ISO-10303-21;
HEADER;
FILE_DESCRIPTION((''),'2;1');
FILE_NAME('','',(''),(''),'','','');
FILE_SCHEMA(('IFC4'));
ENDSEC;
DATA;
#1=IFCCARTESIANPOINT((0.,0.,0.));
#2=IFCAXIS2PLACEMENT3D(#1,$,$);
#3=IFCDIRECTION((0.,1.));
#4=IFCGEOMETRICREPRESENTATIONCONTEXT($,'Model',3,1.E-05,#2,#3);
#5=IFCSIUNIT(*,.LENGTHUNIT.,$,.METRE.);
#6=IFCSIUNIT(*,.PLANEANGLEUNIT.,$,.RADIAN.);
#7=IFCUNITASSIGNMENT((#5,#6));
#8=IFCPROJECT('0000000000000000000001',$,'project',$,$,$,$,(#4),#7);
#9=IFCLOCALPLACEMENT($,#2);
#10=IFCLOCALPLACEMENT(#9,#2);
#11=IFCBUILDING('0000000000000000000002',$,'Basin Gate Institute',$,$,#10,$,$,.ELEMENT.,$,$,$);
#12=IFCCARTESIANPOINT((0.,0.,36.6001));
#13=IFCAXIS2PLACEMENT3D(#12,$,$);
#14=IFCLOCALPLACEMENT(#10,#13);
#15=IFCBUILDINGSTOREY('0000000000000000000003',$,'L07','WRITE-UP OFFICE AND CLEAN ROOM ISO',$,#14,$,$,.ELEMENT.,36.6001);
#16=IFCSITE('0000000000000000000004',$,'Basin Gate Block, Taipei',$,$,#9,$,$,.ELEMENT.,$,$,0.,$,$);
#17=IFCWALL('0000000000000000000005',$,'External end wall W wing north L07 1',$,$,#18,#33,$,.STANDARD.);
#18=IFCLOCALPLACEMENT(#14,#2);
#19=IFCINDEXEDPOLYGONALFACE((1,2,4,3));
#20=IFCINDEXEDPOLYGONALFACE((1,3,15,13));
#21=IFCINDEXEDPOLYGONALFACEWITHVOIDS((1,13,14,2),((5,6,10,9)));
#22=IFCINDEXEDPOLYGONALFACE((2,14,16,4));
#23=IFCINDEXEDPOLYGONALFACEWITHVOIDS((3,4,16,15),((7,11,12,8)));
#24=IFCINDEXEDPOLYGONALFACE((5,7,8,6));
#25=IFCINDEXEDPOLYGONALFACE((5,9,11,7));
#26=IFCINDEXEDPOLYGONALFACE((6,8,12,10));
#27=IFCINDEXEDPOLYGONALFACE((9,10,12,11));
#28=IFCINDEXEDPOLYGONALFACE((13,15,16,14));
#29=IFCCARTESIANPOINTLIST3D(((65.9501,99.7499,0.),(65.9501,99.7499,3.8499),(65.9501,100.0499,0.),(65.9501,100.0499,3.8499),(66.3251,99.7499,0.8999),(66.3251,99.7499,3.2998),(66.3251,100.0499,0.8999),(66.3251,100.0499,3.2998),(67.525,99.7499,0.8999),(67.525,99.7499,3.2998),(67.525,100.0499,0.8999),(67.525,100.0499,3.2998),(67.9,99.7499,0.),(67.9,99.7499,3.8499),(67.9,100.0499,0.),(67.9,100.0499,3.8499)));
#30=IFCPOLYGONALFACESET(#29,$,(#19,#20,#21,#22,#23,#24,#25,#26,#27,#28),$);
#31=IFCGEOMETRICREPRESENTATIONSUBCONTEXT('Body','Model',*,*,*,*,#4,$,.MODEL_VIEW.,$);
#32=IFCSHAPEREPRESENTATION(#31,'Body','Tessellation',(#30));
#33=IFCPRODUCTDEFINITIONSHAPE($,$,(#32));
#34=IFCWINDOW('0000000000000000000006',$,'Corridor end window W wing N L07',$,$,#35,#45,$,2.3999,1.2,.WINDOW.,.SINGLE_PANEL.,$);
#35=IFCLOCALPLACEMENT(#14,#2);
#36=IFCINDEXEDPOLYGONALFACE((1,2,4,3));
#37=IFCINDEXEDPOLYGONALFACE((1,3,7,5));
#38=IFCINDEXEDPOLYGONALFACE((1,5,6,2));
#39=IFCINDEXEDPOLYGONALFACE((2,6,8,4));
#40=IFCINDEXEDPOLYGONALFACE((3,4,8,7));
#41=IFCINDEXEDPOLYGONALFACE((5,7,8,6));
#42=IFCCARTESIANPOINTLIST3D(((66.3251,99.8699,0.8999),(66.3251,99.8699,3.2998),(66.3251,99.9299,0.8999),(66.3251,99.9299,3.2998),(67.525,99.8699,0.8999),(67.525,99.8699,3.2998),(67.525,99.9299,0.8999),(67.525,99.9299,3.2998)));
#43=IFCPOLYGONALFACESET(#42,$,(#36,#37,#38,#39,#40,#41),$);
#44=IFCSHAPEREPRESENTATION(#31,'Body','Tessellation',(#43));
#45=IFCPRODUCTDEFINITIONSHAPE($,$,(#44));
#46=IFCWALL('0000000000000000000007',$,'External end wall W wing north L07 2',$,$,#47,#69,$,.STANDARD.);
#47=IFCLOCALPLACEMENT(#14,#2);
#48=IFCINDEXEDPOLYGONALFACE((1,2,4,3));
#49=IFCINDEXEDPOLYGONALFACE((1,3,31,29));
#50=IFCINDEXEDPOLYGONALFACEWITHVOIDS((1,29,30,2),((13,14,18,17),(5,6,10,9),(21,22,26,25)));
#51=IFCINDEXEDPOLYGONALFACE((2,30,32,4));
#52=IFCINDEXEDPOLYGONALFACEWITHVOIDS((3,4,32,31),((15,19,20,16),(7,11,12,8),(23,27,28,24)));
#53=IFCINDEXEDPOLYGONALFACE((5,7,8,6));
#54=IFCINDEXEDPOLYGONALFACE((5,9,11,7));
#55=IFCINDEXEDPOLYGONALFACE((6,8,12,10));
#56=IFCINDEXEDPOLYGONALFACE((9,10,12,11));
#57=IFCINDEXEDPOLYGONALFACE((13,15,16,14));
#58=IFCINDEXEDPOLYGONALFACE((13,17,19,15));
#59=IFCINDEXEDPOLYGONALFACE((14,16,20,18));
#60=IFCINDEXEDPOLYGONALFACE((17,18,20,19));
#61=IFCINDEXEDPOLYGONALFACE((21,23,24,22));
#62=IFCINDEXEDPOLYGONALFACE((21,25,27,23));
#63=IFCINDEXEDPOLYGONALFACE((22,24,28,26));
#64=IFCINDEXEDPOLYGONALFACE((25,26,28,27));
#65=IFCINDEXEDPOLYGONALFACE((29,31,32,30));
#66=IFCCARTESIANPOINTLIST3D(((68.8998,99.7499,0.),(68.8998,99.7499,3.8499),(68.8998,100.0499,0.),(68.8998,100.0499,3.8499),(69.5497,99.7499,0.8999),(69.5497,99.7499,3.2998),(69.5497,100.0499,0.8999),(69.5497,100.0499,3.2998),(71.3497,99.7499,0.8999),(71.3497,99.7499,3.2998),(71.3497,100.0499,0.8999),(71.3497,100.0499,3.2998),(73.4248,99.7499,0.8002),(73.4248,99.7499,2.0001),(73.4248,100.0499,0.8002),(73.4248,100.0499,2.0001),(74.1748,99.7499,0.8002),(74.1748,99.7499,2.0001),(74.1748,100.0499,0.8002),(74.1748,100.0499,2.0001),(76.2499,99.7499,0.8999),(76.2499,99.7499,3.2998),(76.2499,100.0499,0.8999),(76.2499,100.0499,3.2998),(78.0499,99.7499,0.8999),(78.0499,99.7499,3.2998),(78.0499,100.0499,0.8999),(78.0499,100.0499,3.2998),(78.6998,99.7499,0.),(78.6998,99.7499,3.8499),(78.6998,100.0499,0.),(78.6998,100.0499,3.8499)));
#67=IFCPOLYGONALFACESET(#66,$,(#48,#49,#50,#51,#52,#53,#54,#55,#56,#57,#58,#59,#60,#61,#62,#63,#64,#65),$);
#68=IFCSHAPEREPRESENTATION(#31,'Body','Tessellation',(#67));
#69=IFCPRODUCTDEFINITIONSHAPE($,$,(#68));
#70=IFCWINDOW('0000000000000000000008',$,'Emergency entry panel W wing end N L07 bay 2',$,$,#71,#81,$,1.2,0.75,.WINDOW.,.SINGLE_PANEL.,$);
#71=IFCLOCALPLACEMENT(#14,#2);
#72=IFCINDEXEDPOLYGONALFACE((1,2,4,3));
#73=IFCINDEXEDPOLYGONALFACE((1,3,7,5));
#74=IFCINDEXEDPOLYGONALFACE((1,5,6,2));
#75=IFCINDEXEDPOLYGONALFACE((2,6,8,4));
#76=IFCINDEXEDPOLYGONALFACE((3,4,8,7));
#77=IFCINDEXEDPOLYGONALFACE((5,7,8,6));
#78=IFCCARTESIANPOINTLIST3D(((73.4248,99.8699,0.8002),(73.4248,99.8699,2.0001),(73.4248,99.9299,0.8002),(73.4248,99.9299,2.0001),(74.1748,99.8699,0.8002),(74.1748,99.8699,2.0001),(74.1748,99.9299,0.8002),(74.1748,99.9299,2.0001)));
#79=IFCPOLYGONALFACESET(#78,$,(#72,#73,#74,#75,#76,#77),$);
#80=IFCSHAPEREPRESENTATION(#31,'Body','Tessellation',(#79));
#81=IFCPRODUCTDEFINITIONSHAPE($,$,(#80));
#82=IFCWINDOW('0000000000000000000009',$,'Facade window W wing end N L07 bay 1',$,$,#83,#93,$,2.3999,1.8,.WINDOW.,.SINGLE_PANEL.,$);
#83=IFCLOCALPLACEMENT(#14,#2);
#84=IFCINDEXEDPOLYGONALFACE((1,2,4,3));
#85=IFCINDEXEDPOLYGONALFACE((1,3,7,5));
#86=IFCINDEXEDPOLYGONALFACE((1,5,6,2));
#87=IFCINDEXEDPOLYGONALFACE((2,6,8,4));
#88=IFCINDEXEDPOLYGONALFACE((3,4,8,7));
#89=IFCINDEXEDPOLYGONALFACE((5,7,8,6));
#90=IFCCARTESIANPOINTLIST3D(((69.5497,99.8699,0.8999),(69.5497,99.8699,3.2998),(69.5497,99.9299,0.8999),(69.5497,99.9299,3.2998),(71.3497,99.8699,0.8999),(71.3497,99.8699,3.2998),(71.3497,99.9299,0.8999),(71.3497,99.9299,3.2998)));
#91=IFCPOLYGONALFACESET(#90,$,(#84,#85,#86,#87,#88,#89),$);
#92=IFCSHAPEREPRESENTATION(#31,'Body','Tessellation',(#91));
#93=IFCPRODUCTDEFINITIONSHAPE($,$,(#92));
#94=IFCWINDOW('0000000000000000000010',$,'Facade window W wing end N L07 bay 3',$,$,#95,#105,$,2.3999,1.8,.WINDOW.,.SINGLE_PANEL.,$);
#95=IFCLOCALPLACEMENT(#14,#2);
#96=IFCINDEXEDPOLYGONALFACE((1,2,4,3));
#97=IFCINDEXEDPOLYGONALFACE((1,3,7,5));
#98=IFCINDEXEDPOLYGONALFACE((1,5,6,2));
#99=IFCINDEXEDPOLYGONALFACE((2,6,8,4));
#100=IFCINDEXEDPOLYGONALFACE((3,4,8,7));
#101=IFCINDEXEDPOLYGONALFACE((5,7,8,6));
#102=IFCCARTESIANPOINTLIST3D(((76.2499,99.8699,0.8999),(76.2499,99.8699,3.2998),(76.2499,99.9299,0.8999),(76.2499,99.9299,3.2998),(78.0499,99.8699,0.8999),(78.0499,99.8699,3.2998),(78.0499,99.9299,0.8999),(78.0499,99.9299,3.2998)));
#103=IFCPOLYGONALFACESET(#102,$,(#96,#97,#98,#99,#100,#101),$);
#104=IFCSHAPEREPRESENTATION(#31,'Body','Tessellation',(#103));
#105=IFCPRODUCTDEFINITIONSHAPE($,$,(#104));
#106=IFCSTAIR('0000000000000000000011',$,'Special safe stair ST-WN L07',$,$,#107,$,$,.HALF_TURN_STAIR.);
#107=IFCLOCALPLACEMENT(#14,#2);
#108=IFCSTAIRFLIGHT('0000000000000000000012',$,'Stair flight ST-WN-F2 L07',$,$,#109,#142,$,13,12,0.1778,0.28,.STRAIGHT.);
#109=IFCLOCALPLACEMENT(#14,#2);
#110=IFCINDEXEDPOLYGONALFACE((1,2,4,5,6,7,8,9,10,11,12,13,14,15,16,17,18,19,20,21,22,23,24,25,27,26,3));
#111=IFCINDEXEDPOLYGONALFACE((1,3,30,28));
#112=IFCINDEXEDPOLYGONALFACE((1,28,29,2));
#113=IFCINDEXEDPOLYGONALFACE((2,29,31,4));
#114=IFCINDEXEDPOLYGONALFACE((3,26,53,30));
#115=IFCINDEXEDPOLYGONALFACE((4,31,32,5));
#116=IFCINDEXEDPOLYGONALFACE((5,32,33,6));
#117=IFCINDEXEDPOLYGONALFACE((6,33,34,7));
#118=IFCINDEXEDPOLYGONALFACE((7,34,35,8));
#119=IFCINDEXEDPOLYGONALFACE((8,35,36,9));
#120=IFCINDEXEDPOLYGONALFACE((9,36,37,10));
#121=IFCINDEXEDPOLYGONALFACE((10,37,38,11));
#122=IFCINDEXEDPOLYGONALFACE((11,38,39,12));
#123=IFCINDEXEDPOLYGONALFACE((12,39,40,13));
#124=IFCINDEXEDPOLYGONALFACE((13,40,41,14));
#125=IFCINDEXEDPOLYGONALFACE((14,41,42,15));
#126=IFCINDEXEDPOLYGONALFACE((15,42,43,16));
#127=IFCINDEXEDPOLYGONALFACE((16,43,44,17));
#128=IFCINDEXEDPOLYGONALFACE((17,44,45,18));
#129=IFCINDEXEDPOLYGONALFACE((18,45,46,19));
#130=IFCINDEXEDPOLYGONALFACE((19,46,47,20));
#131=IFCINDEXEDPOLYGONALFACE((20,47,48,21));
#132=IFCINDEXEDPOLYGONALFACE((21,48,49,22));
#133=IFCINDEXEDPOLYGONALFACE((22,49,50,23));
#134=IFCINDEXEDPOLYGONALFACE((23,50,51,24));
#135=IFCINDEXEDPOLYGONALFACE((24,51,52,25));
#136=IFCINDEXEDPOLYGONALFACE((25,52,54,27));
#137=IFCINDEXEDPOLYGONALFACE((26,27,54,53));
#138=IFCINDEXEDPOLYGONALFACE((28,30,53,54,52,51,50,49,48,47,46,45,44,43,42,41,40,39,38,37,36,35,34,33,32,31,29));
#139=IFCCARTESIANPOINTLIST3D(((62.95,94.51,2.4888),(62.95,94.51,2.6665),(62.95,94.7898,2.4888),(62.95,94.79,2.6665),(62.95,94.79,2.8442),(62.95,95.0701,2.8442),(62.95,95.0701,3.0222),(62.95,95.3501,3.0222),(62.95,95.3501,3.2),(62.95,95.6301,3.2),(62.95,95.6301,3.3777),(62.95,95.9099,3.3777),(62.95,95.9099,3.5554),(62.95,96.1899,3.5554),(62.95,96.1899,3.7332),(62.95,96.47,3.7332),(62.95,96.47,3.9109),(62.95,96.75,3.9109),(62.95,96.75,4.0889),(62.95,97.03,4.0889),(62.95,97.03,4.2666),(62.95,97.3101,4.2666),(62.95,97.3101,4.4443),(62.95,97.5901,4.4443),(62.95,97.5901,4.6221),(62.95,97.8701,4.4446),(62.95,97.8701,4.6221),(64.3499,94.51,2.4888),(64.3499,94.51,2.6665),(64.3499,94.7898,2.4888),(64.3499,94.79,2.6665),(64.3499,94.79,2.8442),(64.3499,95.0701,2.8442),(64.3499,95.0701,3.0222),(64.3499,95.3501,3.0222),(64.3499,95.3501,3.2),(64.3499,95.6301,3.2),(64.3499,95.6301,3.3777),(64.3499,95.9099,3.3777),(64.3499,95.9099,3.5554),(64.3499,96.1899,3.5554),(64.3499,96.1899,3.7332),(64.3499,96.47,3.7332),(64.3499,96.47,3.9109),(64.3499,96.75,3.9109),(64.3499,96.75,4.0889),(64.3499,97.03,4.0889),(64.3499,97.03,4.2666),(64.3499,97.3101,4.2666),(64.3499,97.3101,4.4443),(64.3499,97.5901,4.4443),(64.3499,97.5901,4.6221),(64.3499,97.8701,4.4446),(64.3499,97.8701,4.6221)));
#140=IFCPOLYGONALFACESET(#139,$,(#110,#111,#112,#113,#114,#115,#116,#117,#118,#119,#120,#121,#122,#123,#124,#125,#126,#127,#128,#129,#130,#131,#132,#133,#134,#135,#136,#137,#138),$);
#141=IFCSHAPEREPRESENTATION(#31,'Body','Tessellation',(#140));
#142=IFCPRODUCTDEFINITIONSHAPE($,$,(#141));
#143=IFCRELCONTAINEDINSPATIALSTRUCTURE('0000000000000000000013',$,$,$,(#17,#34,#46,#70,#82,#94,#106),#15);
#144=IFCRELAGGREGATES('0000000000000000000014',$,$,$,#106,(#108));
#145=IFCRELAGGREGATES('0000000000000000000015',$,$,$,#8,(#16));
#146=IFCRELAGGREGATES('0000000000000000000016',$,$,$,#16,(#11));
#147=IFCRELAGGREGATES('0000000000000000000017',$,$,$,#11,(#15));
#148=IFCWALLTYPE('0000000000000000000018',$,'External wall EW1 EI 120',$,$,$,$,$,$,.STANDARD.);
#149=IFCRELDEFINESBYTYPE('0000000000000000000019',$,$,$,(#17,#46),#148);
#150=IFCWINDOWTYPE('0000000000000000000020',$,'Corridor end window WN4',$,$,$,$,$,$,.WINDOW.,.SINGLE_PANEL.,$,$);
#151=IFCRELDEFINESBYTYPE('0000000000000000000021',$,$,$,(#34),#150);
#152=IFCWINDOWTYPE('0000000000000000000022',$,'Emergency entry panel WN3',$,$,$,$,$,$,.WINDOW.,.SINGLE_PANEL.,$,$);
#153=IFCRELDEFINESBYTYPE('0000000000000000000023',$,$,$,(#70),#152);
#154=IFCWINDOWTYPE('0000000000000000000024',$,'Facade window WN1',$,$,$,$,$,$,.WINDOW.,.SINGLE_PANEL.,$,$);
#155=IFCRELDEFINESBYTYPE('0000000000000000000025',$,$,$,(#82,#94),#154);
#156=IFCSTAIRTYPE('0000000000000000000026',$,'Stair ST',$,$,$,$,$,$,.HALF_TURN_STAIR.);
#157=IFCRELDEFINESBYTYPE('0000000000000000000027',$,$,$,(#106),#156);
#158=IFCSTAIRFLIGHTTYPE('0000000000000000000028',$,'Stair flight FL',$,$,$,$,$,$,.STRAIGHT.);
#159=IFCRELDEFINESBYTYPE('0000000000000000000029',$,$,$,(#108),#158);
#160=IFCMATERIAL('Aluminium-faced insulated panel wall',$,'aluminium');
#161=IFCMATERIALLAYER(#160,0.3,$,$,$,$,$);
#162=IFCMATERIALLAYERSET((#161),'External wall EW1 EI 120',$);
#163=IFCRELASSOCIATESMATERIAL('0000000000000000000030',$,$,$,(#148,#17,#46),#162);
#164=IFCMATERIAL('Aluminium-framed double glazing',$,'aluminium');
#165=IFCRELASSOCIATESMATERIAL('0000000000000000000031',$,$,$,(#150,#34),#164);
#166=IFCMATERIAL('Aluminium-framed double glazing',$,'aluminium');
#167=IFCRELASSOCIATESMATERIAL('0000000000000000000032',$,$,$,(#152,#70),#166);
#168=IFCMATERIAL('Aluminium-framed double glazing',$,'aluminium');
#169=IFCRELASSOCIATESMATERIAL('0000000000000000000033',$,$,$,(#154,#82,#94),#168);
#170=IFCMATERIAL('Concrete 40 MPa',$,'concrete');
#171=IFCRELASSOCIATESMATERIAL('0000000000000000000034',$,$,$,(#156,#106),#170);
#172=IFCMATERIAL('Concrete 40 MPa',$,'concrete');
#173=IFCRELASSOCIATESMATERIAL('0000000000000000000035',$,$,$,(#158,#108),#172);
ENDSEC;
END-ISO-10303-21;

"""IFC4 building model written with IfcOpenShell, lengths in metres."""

from ifc_helpers import new_model, si_unit, direction, frame, frame_2d, origin, place, context, subcontext, project, spatial, polyline, rectangle, outline, extrude, material, layer, layer_set, type_object, element, fill, aggregate, save


model = new_model("IFC4")

# Units and contexts
model_context = context("Model", 3, precision=1e-05, world=origin(), true_north=direction((0.0, 1.0)))
body_context = subcontext(model_context, "Body", "Model", "MODEL_VIEW")
ifc_project = project(units=[si_unit("LENGTHUNIT", "METRE"), si_unit("PLANEANGLEUNIT", "RADIAN")], contexts=[model_context])

# Site, building, storey
site_placement = place(None, origin())
site = spatial("IfcSite", under=ifc_project, at=site_placement, Name="Basin Gate Block, Taipei", CompositionType="ELEMENT", RefElevation=0.0)
building_placement = place(site_placement, origin())
building = spatial("IfcBuilding", under=site, at=building_placement, Name="Basin Gate Institute", CompositionType="ELEMENT")
storey_placement = place(building_placement, frame((0.0, 0.0, 36.6001)))
storey = spatial("IfcBuildingStorey", under=building, at=storey_placement, Name="L07", Description="WRITE-UP OFFICE AND CLEAN ROOM ISO", CompositionType="ELEMENT", Elevation=36.6001)

# Wall, opening, window
ifc_material_1 = material(Name="Aluminium-faced insulated panel wall", Category="aluminium")
ifc_layer_1 = layer(ifc_material_1, 0.3)
ifc_layer_set_1 = layer_set([ifc_layer_1], Name="External wall EW1 EI 120")
wall_type_1 = type_object("IfcWallType", Name="External wall EW1 EI 120", PredefinedType="STANDARD", material=ifc_layer_set_1)
wall_1_placement = place(storey_placement, frame((65.95, 99.8999, 0.0), z_axis=(0.0, 0.0, 1.0), x_axis=(1.0, 0.0, 0.0)))
wall_1 = element("IfcWall", 1, at=wall_1_placement, inside=storey, type_object=wall_type_1, material=ifc_layer_set_1, Name="External end wall W wing north L07 1", PredefinedType="STANDARD", context=body_context, shape_type="SweptSolid", body=[
    extrude(rectangle(XDim=1.95, YDim=0.3, at=frame_2d((0.9751, 0.0))), origin(), (0.0, 0.0, 1.0), 3.8499),
])
opening_1_placement = place(wall_1_placement, frame((0.375, 0.0, 0.8999)))
opening_1 = element("IfcOpeningElement", 2, at=opening_1_placement, cuts=wall_1, PredefinedType="OPENING", context=body_context, shape_type="SweptSolid", body=[
    extrude(rectangle(XDim=1.2, YDim=2.3999, at=frame_2d((0.6001, 1.2))), frame((0.0, 0.1602, 0.0), z_axis=(0.0, -1.0, 0.0), x_axis=(1.0, 0.0, 0.0)), (0.0, 0.0, 1.0), 0.3201),
])
ifc_material_2 = material(Name="Aluminium-framed double glazing", Category="aluminium")
window_type_1 = type_object("IfcWindowType", Name="Corridor end window WN4", PartitioningType="SINGLE_PANEL", PredefinedType="WINDOW", material=ifc_material_2)
window_1_placement = place(opening_1_placement, origin())
window_1 = element("IfcWindow", 3, at=window_1_placement, inside=storey, type_object=window_type_1, material=ifc_material_2, Name="Corridor end window W wing N L07", OverallHeight=2.3999, OverallWidth=1.2, PartitioningType="SINGLE_PANEL", PredefinedType="WINDOW", context=body_context, shape_type="SweptSolid", body=[
    extrude(rectangle(XDim=1.2, YDim=2.3999, at=frame_2d((0.6001, 1.2))), frame((0.0, 0.03, 0.0), z_axis=(0.0, -1.0, 0.0), x_axis=(1.0, 0.0, 0.0)), (0.0, 0.0, 1.0), 0.0601),
])
fill(opening_1, window_1)

# Wall, openings, windows
wall_2_placement = place(storey_placement, frame((68.8999, 99.8999, 0.0), z_axis=(0.0, 0.0, 1.0), x_axis=(1.0, 0.0, 0.0)))
wall_2 = element("IfcWall", 4, at=wall_2_placement, inside=storey, type_object=wall_type_1, material=ifc_layer_set_1, Name="External end wall W wing north L07 2", PredefinedType="STANDARD", context=body_context, shape_type="SweptSolid", body=[
    extrude(rectangle(XDim=9.8, YDim=0.3, at=frame_2d((4.8999, 0.0))), origin(), (0.0, 0.0, 1.0), 3.8499),
])
opening_2_placement = place(wall_2_placement, frame((0.6499, 0.0, 0.8999)))
opening_2 = element("IfcOpeningElement", 5, at=opening_2_placement, cuts=wall_2, PredefinedType="OPENING", context=body_context, shape_type="SweptSolid", body=[
    extrude(rectangle(XDim=1.8, YDim=2.3999, at=frame_2d((0.8999, 1.2))), frame((0.0, 0.1602, 0.0), z_axis=(0.0, -1.0, 0.0), x_axis=(1.0, 0.0, 0.0)), (0.0, 0.0, 1.0), 0.3201),
])
opening_3_placement = place(wall_2_placement, frame((4.5249, 0.0, 0.8)))
opening_3 = element("IfcOpeningElement", 6, at=opening_3_placement, cuts=wall_2, PredefinedType="OPENING", context=body_context, shape_type="SweptSolid", body=[
    extrude(rectangle(XDim=0.75, YDim=1.2, at=frame_2d((0.375, 0.6001))), frame((0.0, 0.1602, 0.0), z_axis=(0.0, -1.0, 0.0), x_axis=(1.0, 0.0, 0.0)), (0.0, 0.0, 1.0), 0.3201),
])
opening_4_placement = place(wall_2_placement, frame((7.3501, 0.0, 0.8999)))
opening_4 = element("IfcOpeningElement", 7, at=opening_4_placement, cuts=wall_2, PredefinedType="OPENING", context=body_context, shape_type="SweptSolid", body=[
    extrude(rectangle(XDim=1.8, YDim=2.3999, at=frame_2d((0.8999, 1.2))), frame((0.0, 0.1602, 0.0), z_axis=(0.0, -1.0, 0.0), x_axis=(1.0, 0.0, 0.0)), (0.0, 0.0, 1.0), 0.3201),
])
ifc_material_3 = material(Name="Aluminium-framed double glazing", Category="aluminium")
window_type_2 = type_object("IfcWindowType", Name="Emergency entry panel WN3", PartitioningType="SINGLE_PANEL", PredefinedType="WINDOW", material=ifc_material_3)
window_2_placement = place(opening_3_placement, origin())
window_2 = element("IfcWindow", 8, at=window_2_placement, inside=storey, type_object=window_type_2, material=ifc_material_3, Name="Emergency entry panel W wing end N L07 bay 2", OverallHeight=1.2, OverallWidth=0.75, PartitioningType="SINGLE_PANEL", PredefinedType="WINDOW", context=body_context, shape_type="SweptSolid", body=[
    extrude(rectangle(XDim=0.75, YDim=1.2, at=frame_2d((0.375, 0.6001))), frame((0.0, 0.03, 0.0), z_axis=(0.0, -1.0, 0.0), x_axis=(1.0, 0.0, 0.0)), (0.0, 0.0, 1.0), 0.0601),
])
fill(opening_3, window_2)
ifc_material_4 = material(Name="Aluminium-framed double glazing", Category="aluminium")
window_type_3 = type_object("IfcWindowType", Name="Facade window WN1", PartitioningType="SINGLE_PANEL", PredefinedType="WINDOW", material=ifc_material_4)
window_3_placement = place(opening_2_placement, origin())
window_3 = element("IfcWindow", 9, at=window_3_placement, inside=storey, type_object=window_type_3, material=ifc_material_4, Name="Facade window W wing end N L07 bay 1", OverallHeight=2.3999, OverallWidth=1.8, PartitioningType="SINGLE_PANEL", PredefinedType="WINDOW", context=body_context, shape_type="SweptSolid", body=[
    extrude(rectangle(XDim=1.8, YDim=2.3999, at=frame_2d((0.8999, 1.2))), frame((0.0, 0.03, 0.0), z_axis=(0.0, -1.0, 0.0), x_axis=(1.0, 0.0, 0.0)), (0.0, 0.0, 1.0), 0.0601),
])
fill(opening_2, window_3)
window_4_placement = place(opening_4_placement, origin())
window_4 = element("IfcWindow", 10, at=window_4_placement, inside=storey, type_object=window_type_3, material=ifc_material_4, Name="Facade window W wing end N L07 bay 3", OverallHeight=2.3999, OverallWidth=1.8, PartitioningType="SINGLE_PANEL", PredefinedType="WINDOW", context=body_context, shape_type="SweptSolid", body=[
    extrude(rectangle(XDim=1.8, YDim=2.3999, at=frame_2d((0.8999, 1.2))), frame((0.0, 0.03, 0.0), z_axis=(0.0, -1.0, 0.0), x_axis=(1.0, 0.0, 0.0)), (0.0, 0.0, 1.0), 0.0601),
])
fill(opening_4, window_4)

# Stair, stair flight
ifc_material_5 = material(Name="Concrete 40 MPa", Category="concrete")
stair_type = type_object("IfcStairType", Name="Stair ST", PredefinedType="HALF_TURN_STAIR", material=ifc_material_5)
stair_placement = place(storey_placement, origin())
stair = element("IfcStair", 11, at=stair_placement, inside=storey, type_object=stair_type, material=ifc_material_5, Name="Special safe stair ST-WN L07", PredefinedType="HALF_TURN_STAIR")
ifc_material_6 = material(Name="Concrete 40 MPa", Category="concrete")
stair_flight_type = type_object("IfcStairFlightType", Name="Stair flight FL", PredefinedType="STRAIGHT", material=ifc_material_6)
stair_flight_placement = place(storey_placement, frame((63.6499, 94.51, 2.4888), z_axis=(0.0, 0.0, 1.0), x_axis=(0.0, 1.0, 0.0)))
stair_flight = element("IfcStairFlight", 12, at=stair_flight_placement, type_object=stair_flight_type, material=ifc_material_6, Name="Stair flight ST-WN-F2 L07", NumberOfRisers=13, NumberOfTreads=12, PredefinedType="STRAIGHT", RiserHeight=0.1778, TreadLength=0.28, context=body_context, shape_type="SweptSolid", body=[
    extrude(outline(polyline([(0.0, 0.0), (0.0, 0.1777), (0.28, 0.1777), (0.28, 0.3555), (0.5601, 0.3555), (0.5601, 0.5334), (0.8401, 0.5334), (0.8401, 0.7112), (1.1201, 0.7112), (1.1201, 0.8889), (1.3999, 0.8889), (1.3999, 1.0667), (1.6799, 1.0667), (1.6799, 1.2444), (1.96, 1.2444), (1.96, 1.4221), (2.24, 1.4221), (2.24, 1.6001), (2.52, 1.6001), (2.52, 1.7778), (2.8, 1.7778), (2.8, 1.9556), (3.0801, 1.9556), (3.0801, 2.1333), (3.3601, 2.1333), (3.3601, 2.311), (3.3601, 1.9558), (0.2798, 0.0), (0.0, 0.0)])), frame((0.0, 0.7, 0.0), z_axis=(0.0, -1.0, 0.0), x_axis=(1.0, 0.0, 0.0)), (0.0, 0.0, 1.0), 1.3999),
])
aggregate(stair, [stair_flight])

save(model, "model.ifc")
